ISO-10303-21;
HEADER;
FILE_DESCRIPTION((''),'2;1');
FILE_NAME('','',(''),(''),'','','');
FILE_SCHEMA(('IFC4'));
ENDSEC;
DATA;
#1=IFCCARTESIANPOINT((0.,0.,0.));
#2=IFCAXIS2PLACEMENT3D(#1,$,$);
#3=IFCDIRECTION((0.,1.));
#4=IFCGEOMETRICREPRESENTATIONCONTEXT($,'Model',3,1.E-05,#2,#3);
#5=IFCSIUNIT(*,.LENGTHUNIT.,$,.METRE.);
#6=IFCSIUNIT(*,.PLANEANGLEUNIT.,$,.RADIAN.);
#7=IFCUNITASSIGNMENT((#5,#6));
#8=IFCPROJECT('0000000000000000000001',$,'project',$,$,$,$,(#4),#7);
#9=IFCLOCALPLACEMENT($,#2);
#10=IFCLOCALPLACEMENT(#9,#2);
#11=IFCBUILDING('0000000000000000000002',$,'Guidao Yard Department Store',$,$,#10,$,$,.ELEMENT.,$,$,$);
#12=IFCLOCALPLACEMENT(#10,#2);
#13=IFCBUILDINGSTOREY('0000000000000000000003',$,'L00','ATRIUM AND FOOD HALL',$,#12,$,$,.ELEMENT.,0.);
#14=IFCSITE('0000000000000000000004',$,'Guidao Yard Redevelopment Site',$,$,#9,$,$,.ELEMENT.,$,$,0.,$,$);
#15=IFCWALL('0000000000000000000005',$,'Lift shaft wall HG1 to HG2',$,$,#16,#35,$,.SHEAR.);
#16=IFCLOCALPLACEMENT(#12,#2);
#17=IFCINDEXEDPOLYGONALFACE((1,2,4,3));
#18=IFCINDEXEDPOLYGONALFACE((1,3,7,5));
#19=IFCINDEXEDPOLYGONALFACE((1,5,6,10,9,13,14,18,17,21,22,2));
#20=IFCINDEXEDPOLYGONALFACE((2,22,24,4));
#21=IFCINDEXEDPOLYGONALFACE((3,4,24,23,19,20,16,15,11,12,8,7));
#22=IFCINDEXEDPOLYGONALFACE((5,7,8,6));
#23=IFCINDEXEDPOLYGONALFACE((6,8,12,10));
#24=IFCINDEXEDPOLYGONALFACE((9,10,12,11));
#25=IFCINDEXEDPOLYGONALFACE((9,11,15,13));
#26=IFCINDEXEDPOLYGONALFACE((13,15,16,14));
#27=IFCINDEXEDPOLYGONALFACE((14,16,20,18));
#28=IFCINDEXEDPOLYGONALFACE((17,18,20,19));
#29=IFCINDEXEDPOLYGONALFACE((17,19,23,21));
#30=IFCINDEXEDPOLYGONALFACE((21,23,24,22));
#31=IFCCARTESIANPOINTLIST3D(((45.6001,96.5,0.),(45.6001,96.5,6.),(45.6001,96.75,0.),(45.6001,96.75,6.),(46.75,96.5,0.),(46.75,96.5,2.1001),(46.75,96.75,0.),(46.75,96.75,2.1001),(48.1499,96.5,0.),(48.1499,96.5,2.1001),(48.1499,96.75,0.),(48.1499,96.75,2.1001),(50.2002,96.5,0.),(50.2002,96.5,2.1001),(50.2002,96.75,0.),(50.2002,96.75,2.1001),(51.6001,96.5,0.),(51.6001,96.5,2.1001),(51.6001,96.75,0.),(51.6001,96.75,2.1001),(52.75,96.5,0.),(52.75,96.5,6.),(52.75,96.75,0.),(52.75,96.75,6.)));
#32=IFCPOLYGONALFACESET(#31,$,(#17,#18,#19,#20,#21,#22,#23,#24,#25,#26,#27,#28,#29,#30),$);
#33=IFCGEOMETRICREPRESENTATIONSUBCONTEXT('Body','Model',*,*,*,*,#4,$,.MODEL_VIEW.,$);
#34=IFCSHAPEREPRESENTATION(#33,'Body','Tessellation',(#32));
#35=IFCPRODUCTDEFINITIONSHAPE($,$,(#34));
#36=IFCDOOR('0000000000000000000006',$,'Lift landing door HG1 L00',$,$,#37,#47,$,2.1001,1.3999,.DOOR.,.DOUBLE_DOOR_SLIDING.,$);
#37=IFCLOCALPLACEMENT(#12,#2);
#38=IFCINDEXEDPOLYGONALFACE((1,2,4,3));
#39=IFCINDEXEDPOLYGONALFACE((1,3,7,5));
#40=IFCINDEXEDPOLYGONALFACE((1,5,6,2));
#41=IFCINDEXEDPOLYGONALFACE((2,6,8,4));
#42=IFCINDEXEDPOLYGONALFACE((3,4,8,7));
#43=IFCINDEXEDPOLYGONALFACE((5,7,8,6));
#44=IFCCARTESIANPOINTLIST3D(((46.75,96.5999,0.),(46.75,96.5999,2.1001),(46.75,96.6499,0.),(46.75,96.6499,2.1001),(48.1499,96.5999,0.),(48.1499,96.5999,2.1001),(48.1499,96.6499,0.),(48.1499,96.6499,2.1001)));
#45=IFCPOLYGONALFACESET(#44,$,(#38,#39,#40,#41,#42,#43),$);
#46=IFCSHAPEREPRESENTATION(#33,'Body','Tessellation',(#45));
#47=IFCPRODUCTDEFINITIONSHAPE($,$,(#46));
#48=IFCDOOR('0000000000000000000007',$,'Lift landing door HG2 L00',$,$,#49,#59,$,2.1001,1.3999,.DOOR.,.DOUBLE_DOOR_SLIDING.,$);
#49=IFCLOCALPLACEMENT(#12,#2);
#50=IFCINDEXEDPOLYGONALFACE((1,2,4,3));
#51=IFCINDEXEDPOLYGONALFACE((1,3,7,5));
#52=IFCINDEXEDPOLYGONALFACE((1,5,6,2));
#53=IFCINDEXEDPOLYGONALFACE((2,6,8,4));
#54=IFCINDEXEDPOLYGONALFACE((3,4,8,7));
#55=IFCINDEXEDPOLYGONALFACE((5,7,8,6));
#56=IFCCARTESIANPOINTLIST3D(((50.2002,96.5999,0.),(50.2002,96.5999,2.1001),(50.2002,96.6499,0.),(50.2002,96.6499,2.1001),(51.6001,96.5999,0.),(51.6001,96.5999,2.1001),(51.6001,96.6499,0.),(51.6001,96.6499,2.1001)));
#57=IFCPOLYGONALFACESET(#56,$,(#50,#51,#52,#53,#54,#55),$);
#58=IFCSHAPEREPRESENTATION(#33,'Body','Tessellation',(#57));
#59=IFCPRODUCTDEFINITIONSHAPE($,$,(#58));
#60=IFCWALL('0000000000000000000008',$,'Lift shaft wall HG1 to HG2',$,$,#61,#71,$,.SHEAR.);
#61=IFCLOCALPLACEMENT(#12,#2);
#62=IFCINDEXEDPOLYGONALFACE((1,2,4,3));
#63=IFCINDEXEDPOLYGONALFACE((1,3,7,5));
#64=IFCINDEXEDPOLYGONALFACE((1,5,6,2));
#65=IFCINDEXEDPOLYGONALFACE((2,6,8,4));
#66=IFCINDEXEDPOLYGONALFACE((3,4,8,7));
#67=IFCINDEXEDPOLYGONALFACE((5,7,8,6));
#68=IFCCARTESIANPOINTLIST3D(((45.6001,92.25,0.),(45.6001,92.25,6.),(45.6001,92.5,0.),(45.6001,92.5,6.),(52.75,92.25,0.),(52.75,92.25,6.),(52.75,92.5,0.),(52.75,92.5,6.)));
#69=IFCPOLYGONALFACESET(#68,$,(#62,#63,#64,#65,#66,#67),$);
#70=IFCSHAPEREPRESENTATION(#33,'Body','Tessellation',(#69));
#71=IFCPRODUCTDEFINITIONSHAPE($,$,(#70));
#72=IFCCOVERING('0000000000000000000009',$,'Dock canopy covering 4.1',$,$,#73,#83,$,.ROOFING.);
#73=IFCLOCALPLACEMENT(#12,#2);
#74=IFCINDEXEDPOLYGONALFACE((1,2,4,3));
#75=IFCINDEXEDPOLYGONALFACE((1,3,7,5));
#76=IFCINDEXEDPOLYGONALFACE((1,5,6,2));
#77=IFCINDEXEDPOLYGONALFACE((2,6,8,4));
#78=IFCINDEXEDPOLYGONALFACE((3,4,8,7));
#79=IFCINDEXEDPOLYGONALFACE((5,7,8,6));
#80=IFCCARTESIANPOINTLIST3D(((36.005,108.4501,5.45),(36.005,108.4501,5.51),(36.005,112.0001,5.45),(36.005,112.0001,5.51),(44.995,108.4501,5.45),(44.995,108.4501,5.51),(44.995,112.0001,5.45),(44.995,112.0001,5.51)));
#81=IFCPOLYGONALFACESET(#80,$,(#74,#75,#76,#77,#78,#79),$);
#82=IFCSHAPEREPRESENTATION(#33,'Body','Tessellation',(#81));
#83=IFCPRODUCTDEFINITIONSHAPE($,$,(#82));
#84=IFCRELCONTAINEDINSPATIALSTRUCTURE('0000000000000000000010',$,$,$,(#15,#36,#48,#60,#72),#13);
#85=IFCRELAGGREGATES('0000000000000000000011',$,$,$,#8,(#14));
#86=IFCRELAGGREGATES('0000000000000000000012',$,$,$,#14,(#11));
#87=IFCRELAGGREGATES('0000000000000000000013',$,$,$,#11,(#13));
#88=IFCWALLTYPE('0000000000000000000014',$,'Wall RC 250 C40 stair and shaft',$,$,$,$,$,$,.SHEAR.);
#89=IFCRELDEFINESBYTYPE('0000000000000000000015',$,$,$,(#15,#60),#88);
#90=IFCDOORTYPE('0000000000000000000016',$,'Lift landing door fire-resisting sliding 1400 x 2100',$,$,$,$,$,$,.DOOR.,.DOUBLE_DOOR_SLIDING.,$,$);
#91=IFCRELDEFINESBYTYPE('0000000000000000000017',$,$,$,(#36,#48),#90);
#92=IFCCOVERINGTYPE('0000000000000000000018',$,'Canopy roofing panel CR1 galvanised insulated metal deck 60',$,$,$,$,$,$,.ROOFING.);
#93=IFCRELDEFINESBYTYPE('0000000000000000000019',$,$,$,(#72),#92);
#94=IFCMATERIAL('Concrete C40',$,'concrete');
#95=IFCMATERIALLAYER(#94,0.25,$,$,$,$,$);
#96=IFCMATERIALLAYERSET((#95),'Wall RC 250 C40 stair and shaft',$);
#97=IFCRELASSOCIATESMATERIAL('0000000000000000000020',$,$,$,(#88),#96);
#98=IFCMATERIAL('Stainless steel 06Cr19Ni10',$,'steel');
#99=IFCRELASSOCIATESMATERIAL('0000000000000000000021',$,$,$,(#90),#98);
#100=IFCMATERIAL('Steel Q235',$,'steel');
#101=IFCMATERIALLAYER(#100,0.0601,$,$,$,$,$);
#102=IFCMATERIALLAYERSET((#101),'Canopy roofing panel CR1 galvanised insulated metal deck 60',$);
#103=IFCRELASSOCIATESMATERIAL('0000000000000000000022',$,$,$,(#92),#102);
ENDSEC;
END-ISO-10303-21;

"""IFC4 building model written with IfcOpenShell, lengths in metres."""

from ifc_helpers import new_model, si_unit, direction, frame, frame_2d, origin, origin_2d, place, context, subcontext, project, spatial, rectangle, extrude, material, layer, layer_set, type_object, element, fill, save


model = new_model("IFC4")

# Units and contexts
model_context = context("Model", 3, precision=1e-05, world=origin(), true_north=direction((0.0, 1.0)))
body_context = subcontext(model_context, "Body", "Model", "MODEL_VIEW")
ifc_project = project(units=[si_unit("LENGTHUNIT", "METRE"), si_unit("PLANEANGLEUNIT", "RADIAN")], contexts=[model_context])

# Site, building, storey
site_placement = place(None, origin())
site = spatial("IfcSite", under=ifc_project, at=site_placement, Name="Guidao Yard Redevelopment Site", CompositionType="ELEMENT", RefElevation=0.0)
building_placement = place(site_placement, origin())
building = spatial("IfcBuilding", under=site, at=building_placement, Name="Guidao Yard Department Store", CompositionType="ELEMENT")
storey_placement = place(building_placement, origin())
storey = spatial("IfcBuildingStorey", under=building, at=storey_placement, Name="L00", Description="ATRIUM AND FOOD HALL", CompositionType="ELEMENT", Elevation=0.0)

# Shared definitions
ifc_material_1 = material(Name="Concrete C40", Category="concrete")
ifc_layer_1 = layer(ifc_material_1, 0.25)
ifc_layer_set_1 = layer_set([ifc_layer_1], Name="Wall RC 250 C40 stair and shaft")
wall_type_1 = type_object("IfcWallType", Name="Wall RC 250 C40 stair and shaft", PredefinedType="SHEAR", material=ifc_layer_set_1)

# Wall, openings, doors
wall_1_placement = place(storey_placement, frame((45.6001, 96.625, 0.0), z_axis=(0.0, 0.0, 1.0), x_axis=(1.0, 0.0, 0.0)))
wall_1 = element("IfcWall", 1, at=wall_1_placement, inside=storey, type_object=wall_type_1, Name="Lift shaft wall HG1 to HG2", PredefinedType="SHEAR", context=body_context, shape_type="SweptSolid", body=[
    extrude(rectangle(XDim=7.1499, YDim=0.25, at=frame_2d((3.575, 0.0))), origin(), (0.0, 0.0, 1.0), 6.0),
])
opening_1_placement = place(wall_1_placement, frame((1.1499, 0.0, 0.0)))
opening_1 = element("IfcOpeningElement", 2, at=opening_1_placement, cuts=wall_1, PredefinedType="OPENING", context=body_context, shape_type="SweptSolid", body=[
    extrude(rectangle(XDim=1.3999, YDim=2.1001, at=frame_2d((0.7, 1.05))), frame((0.0, 0.135, 0.0), z_axis=(0.0, -1.0, 0.0), x_axis=(1.0, 0.0, 0.0)), (0.0, 0.0, 1.0), 0.27),
])
opening_2_placement = place(wall_1_placement, frame((4.6001, 0.0, 0.0)))
opening_2 = element("IfcOpeningElement", 3, at=opening_2_placement, cuts=wall_1, PredefinedType="OPENING", context=body_context, shape_type="SweptSolid", body=[
    extrude(rectangle(XDim=1.3999, YDim=2.1001, at=frame_2d((0.7, 1.05))), frame((0.0, 0.135, 0.0), z_axis=(0.0, -1.0, 0.0), x_axis=(1.0, 0.0, 0.0)), (0.0, 0.0, 1.0), 0.27),
])
ifc_material_2 = material(Name="Stainless steel 06Cr19Ni10", Category="steel")
door_type_1 = type_object("IfcDoorType", Name="Lift landing door fire-resisting sliding 1400 x 2100", OperationType="DOUBLE_DOOR_SLIDING", PredefinedType="DOOR", material=ifc_material_2)
door_1_placement = place(opening_1_placement, origin())
door_1 = element("IfcDoor", 4, at=door_1_placement, inside=storey, type_object=door_type_1, Name="Lift landing door HG1 L00", OperationType="DOUBLE_DOOR_SLIDING", OverallHeight=2.1001, OverallWidth=1.3999, PredefinedType="DOOR", context=body_context, shape_type="SweptSolid", body=[
    extrude(rectangle(XDim=1.3999, YDim=2.1001, at=frame_2d((0.7, 1.05))), frame((0.0, 0.0249, 0.0), z_axis=(0.0, -1.0, 0.0), x_axis=(1.0, 0.0, 0.0)), (0.0, 0.0, 1.0), 0.05),
])
fill(opening_1, door_1)
door_2_placement = place(opening_2_placement, origin())
door_2 = element("IfcDoor", 5, at=door_2_placement, inside=storey, type_object=door_type_1, Name="Lift landing door HG2 L00", OperationType="DOUBLE_DOOR_SLIDING", OverallHeight=2.1001, OverallWidth=1.3999, PredefinedType="DOOR", context=body_context, shape_type="SweptSolid", body=[
    extrude(rectangle(XDim=1.3999, YDim=2.1001, at=frame_2d((0.7, 1.05))), frame((0.0, 0.0249, 0.0), z_axis=(0.0, -1.0, 0.0), x_axis=(1.0, 0.0, 0.0)), (0.0, 0.0, 1.0), 0.05),
])
fill(opening_2, door_2)

# Wall
wall_2_placement = place(storey_placement, frame((45.6001, 92.375, 0.0), z_axis=(0.0, 0.0, 1.0), x_axis=(1.0, 0.0, 0.0)))
element("IfcWall", 6, at=wall_2_placement, inside=storey, type_object=wall_type_1, Name="Lift shaft wall HG1 to HG2", PredefinedType="SHEAR", context=body_context, shape_type="SweptSolid", body=[
    extrude(rectangle(XDim=7.1499, YDim=0.25, at=frame_2d((3.575, 0.0))), origin(), (0.0, 0.0, 1.0), 6.0),
])

# Covering
ifc_material_3 = material(Name="Steel Q235", Category="steel")
ifc_layer_2 = layer(ifc_material_3, 0.0601)
ifc_layer_set_2 = layer_set([ifc_layer_2], Name="Canopy roofing panel CR1 galvanised insulated metal deck 60")
covering_type = type_object("IfcCoveringType", Name="Canopy roofing panel CR1 galvanised insulated metal deck 60", PredefinedType="ROOFING", material=ifc_layer_set_2)
covering_placement = place(storey_placement, frame((40.5, 110.2251, 5.45), z_axis=(0.0, 0.0, 1.0), x_axis=(1.0, 0.0, 0.0)))
element("IfcCovering", 7, at=covering_placement, inside=storey, type_object=covering_type, Name="Dock canopy covering 4.1", PredefinedType="ROOFING", context=body_context, shape_type="SweptSolid", body=[
    extrude(rectangle(XDim=8.99, YDim=3.55, at=origin_2d()), origin(), (0.0, 0.0, 1.0), 0.0601),
])

save(model, "model.ifc")
